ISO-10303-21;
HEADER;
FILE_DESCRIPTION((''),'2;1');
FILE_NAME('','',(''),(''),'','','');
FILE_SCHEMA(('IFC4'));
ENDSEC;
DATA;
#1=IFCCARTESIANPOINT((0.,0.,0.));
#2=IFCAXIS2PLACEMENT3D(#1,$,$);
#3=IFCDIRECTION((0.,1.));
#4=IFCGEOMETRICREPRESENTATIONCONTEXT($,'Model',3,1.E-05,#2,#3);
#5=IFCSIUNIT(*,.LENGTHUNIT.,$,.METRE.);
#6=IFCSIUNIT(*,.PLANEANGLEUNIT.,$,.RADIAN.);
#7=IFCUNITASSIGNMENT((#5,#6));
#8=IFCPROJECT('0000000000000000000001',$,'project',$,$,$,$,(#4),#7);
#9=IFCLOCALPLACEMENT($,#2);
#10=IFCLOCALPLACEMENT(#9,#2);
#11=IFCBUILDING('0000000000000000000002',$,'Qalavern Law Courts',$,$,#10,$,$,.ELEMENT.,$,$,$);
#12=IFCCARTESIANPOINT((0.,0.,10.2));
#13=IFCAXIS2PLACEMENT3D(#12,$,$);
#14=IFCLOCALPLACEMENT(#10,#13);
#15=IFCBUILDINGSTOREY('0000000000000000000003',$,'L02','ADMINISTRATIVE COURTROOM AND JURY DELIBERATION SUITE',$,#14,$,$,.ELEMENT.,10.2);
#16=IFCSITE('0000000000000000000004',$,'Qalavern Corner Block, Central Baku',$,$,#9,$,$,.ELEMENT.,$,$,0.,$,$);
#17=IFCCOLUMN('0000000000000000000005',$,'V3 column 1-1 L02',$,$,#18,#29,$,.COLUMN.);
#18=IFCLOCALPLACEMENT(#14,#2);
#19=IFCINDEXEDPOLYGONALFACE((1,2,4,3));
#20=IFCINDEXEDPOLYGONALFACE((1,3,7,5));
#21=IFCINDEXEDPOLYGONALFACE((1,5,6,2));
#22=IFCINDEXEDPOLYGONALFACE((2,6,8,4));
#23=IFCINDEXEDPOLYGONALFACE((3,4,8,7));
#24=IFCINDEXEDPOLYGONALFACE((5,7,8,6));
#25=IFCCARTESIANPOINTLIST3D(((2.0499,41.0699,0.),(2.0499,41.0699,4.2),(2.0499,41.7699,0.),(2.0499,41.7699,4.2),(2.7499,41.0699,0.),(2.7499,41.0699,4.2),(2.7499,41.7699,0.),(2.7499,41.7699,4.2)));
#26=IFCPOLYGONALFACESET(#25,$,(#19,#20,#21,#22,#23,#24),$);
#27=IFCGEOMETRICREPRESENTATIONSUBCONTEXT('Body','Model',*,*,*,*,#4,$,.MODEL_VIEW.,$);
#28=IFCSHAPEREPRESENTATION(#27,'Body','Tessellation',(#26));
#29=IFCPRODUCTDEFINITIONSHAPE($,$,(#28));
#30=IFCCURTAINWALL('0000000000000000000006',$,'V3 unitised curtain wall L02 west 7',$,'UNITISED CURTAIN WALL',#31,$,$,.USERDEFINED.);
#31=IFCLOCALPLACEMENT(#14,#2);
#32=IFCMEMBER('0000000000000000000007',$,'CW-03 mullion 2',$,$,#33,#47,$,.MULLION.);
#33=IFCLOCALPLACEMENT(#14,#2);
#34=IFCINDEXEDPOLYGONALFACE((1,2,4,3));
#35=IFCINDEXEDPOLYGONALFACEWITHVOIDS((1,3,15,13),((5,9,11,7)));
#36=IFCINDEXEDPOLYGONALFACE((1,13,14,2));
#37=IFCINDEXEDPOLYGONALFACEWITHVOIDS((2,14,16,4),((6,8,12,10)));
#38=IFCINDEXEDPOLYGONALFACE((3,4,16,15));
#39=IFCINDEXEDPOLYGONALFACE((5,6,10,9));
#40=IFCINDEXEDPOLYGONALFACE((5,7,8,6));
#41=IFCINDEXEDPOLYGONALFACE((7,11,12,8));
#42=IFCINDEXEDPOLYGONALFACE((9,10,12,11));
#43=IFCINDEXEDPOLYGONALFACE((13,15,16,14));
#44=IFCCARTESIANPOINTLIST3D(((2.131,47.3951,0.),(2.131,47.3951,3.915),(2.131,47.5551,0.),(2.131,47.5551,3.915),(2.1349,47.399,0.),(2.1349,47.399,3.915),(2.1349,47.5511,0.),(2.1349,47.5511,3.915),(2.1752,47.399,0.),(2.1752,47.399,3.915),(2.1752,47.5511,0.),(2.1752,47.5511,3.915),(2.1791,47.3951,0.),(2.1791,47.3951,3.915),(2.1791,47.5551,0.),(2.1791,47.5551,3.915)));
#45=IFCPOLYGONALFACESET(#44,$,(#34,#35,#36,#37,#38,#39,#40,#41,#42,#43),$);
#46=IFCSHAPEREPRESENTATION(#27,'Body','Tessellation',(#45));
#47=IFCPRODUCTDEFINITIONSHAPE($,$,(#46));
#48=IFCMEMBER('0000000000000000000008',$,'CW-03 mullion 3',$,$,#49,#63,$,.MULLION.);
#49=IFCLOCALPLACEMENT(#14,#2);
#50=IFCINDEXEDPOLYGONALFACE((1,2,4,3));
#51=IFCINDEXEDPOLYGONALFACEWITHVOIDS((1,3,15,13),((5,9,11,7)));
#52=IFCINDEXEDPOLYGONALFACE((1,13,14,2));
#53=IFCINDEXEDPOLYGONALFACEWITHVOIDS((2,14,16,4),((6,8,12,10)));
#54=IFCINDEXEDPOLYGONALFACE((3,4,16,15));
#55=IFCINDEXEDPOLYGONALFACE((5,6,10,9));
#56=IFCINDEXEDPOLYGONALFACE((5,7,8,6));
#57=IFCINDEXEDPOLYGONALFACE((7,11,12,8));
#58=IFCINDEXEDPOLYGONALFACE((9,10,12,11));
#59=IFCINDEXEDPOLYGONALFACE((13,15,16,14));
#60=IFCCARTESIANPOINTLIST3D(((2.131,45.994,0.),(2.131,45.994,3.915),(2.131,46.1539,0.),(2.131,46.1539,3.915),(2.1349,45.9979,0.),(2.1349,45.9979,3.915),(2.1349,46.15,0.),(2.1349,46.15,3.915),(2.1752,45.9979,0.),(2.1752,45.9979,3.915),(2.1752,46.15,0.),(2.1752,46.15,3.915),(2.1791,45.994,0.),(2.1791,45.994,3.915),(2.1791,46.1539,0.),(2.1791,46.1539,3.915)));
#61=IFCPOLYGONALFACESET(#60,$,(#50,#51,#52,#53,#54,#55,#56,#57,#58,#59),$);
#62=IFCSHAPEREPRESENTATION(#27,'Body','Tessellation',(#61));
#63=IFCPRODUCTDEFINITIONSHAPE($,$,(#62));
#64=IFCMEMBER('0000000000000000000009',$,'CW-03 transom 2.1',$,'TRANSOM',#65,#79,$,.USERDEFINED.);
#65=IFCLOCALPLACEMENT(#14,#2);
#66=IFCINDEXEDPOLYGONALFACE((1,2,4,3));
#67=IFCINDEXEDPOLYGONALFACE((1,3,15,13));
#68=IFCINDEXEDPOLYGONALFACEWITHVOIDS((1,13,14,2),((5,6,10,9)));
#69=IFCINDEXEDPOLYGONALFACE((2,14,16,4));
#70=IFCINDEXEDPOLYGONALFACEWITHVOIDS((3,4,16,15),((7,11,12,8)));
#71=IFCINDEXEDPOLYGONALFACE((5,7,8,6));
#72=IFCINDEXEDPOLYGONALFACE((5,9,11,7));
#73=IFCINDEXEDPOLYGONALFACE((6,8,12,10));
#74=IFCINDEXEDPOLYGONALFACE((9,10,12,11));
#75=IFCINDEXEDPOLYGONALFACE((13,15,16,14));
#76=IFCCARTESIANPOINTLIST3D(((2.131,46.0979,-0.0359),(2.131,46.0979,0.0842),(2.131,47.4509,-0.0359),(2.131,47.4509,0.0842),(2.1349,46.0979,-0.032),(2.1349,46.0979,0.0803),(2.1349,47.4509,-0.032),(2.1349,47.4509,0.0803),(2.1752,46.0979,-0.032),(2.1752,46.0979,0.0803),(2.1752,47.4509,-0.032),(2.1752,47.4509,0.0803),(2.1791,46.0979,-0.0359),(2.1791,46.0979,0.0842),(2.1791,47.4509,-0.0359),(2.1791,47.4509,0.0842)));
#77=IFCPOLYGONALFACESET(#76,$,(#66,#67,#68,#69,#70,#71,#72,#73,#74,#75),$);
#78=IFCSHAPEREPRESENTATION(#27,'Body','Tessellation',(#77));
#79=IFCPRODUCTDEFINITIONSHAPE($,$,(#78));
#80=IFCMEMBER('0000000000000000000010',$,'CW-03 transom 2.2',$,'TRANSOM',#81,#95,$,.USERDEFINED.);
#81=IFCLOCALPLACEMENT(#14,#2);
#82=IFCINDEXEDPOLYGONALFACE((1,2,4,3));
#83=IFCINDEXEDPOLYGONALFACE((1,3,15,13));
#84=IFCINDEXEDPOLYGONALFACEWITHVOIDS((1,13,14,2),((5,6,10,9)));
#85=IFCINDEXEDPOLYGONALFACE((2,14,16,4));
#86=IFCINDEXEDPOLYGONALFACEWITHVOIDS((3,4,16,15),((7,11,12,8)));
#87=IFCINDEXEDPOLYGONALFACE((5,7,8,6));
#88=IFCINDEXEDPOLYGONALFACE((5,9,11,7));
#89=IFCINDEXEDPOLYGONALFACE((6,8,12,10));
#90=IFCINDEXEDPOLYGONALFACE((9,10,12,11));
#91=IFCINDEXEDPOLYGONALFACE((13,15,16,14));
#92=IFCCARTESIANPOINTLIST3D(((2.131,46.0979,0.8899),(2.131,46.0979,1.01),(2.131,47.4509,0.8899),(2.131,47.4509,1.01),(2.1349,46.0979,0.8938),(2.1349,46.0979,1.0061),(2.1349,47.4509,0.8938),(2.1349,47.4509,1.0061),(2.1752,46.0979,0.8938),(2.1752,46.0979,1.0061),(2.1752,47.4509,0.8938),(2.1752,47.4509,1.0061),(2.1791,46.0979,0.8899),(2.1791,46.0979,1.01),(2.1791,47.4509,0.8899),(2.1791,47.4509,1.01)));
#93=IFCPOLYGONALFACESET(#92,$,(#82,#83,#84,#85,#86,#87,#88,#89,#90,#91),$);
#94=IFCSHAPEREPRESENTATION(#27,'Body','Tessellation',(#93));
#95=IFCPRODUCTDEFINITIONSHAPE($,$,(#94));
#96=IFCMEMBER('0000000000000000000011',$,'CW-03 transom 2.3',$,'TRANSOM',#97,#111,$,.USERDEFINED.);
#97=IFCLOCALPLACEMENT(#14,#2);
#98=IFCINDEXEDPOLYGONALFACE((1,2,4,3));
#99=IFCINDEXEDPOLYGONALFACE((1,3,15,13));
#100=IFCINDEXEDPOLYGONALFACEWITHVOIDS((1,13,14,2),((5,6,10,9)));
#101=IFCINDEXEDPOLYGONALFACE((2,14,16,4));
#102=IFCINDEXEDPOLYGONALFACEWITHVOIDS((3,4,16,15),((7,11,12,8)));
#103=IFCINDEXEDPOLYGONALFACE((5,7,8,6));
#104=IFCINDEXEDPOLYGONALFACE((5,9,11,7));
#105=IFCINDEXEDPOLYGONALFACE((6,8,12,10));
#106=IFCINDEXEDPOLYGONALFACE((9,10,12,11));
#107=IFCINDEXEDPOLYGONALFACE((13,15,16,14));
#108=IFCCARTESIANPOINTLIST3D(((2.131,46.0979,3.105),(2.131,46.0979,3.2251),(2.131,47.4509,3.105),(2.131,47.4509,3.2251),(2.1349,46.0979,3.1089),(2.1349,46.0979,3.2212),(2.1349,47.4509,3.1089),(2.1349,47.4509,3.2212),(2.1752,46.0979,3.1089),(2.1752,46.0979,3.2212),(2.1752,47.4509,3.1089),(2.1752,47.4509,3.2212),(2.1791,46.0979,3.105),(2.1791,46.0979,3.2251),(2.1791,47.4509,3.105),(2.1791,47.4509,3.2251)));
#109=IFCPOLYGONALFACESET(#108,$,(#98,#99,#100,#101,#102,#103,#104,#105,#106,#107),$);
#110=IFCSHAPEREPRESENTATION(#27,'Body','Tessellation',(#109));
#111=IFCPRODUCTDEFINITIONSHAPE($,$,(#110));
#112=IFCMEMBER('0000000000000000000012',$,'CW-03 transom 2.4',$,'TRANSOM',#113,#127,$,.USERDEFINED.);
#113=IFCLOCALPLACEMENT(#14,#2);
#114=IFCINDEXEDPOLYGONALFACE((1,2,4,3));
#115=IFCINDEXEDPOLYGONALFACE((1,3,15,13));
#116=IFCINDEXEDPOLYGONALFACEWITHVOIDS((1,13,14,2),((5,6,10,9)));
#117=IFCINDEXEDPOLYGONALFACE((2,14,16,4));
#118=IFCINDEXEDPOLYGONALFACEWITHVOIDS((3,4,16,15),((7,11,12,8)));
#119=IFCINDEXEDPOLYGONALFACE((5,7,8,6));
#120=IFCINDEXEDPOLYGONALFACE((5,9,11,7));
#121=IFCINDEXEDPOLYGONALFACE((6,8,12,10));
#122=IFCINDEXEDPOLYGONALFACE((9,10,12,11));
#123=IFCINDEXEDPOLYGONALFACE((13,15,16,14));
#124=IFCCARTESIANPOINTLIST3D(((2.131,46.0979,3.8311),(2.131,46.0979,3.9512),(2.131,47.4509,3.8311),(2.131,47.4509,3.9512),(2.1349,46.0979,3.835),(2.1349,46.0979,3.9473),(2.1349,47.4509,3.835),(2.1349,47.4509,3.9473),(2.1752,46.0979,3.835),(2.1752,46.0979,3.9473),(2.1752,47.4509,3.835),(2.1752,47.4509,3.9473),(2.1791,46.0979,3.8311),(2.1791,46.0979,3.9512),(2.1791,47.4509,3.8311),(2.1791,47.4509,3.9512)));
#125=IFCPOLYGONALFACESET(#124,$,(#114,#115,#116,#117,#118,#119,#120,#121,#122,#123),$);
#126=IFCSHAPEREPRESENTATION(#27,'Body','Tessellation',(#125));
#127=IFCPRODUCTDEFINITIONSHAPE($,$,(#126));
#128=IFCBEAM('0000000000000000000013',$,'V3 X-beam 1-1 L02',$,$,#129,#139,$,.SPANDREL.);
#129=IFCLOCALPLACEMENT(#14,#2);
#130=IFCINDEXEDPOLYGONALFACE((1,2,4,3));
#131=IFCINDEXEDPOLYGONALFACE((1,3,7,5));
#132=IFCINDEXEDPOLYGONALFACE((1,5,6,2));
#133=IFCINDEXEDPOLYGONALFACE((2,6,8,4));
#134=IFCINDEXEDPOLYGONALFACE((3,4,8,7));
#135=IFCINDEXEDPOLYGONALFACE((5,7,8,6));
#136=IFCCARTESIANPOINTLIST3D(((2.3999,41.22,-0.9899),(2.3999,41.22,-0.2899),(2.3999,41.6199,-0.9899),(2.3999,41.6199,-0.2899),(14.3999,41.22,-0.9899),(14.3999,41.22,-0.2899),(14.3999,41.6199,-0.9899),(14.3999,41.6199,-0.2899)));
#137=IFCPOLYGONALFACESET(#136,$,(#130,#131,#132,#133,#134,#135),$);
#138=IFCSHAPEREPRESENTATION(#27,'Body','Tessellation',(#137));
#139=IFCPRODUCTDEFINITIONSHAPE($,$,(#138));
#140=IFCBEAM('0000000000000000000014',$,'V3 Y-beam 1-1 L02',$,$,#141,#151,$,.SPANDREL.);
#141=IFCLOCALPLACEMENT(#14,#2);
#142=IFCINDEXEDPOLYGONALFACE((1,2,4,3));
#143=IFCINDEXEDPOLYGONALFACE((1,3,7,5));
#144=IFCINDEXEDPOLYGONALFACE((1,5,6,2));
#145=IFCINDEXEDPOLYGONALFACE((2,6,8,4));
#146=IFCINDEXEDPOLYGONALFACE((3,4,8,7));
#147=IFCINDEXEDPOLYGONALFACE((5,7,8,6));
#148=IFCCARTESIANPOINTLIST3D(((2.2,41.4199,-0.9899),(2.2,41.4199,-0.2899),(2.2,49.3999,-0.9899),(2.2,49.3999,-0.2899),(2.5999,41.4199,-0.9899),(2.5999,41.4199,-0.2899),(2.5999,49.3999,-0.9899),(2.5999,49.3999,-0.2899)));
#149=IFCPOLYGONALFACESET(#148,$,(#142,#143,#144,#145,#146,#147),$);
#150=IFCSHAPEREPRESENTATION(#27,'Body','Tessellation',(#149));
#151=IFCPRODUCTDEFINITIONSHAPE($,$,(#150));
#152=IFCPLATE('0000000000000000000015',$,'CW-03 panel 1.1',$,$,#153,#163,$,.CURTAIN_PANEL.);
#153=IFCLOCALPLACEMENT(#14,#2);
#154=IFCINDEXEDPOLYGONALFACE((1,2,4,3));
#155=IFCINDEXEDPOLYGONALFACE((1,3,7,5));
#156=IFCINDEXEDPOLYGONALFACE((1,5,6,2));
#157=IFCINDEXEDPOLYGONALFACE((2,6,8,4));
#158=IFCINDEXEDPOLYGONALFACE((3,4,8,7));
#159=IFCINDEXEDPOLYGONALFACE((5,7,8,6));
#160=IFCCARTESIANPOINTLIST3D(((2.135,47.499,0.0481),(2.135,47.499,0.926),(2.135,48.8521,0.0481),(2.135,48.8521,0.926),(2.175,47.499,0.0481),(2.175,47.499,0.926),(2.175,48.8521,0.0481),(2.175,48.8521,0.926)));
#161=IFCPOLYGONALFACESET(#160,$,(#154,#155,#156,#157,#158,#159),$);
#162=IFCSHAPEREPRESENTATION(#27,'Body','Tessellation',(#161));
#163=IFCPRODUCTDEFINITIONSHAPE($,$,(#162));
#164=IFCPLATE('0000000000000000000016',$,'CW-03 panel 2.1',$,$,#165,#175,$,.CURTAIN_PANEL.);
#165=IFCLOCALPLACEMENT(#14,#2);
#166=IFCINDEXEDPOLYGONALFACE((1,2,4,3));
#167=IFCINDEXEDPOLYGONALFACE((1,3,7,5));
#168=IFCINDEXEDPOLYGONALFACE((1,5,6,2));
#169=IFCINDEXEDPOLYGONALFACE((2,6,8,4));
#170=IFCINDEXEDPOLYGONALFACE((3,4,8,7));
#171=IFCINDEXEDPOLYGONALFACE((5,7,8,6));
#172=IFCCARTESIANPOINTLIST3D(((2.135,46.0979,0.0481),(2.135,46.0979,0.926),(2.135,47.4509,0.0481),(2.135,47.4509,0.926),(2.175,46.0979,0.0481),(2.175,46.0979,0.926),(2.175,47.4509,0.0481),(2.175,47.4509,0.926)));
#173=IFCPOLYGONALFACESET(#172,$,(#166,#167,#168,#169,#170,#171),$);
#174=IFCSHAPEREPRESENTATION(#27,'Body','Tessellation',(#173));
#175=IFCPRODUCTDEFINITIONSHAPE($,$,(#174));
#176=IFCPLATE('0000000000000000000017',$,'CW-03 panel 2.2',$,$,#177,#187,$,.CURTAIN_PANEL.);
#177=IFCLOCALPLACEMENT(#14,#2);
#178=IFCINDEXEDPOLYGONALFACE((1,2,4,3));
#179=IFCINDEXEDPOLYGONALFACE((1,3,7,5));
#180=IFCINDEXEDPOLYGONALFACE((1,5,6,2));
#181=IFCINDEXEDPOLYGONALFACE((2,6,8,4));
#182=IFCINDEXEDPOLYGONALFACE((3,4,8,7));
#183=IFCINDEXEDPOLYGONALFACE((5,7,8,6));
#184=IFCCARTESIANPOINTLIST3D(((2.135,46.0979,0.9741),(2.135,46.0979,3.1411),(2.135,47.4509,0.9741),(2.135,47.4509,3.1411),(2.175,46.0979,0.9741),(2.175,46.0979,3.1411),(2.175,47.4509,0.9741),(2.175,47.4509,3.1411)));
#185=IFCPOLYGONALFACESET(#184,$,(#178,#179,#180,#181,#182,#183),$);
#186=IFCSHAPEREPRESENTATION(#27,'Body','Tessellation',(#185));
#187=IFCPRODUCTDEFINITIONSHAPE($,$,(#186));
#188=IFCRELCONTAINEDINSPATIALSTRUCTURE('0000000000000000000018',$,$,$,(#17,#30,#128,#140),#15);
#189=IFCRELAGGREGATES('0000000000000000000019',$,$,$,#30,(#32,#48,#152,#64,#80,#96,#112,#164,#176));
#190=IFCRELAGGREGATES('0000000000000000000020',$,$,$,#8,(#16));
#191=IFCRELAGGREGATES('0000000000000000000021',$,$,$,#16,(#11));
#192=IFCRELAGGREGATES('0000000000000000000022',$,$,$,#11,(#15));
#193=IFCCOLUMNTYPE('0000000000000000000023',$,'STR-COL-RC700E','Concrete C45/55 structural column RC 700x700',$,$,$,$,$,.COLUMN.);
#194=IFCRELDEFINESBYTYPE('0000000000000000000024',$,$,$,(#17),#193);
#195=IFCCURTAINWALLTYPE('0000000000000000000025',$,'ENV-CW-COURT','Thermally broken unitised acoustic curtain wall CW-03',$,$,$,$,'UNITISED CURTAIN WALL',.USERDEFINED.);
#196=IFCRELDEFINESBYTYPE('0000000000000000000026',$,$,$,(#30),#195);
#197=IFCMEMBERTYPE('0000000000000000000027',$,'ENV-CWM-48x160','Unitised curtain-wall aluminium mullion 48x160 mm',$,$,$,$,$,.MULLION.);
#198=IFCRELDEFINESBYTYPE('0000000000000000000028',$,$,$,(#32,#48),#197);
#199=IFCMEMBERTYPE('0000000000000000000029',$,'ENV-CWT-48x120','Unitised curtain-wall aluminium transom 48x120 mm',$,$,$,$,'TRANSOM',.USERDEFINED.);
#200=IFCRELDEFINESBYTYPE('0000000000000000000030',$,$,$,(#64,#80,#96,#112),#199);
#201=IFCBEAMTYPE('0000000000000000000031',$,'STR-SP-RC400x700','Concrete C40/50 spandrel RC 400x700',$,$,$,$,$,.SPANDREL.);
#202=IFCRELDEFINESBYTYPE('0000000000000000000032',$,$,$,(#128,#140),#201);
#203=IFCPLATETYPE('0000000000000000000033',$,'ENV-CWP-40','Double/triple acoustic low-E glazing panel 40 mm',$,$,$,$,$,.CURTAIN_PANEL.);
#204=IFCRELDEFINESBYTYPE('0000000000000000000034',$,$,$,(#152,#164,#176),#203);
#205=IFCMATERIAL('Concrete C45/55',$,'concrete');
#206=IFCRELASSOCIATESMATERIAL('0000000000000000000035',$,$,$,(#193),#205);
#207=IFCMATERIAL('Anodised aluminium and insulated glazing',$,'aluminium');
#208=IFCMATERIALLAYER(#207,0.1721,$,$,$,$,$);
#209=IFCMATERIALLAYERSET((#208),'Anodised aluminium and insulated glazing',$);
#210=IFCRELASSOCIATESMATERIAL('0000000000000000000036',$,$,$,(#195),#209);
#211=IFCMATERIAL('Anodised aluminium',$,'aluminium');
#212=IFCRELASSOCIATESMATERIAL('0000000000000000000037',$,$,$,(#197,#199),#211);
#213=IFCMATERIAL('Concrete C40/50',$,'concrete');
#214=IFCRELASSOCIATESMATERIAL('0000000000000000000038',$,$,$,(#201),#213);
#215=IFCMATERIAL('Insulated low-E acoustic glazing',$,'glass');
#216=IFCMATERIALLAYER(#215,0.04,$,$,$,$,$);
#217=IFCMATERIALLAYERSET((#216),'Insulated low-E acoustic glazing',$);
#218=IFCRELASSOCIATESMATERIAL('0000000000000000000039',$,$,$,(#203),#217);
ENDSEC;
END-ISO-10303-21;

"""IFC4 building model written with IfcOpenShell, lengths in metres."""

from ifc_helpers import new_model, si_unit, direction, frame, origin, origin_2d, place, context, subcontext, project, spatial, rectangle, hollow_rectangle, extrude, material, layer, layer_set, material_profile, profile_set, type_object, element, aggregate, save


model = new_model("IFC4")

# Units and contexts
model_context = context("Model", 3, precision=1e-05, world=origin(), true_north=direction((0.0, 1.0)))
body_context = subcontext(model_context, "Body", "Model", "MODEL_VIEW")
ifc_project = project(units=[si_unit("LENGTHUNIT", "METRE"), si_unit("PLANEANGLEUNIT", "RADIAN")], contexts=[model_context])

# Site, building, storey
site_placement = place(None, origin())
site = spatial("IfcSite", under=ifc_project, at=site_placement, Name="Qalavern Corner Block, Central Baku", CompositionType="ELEMENT", RefElevation=0.0)
building_placement = place(site_placement, origin())
building = spatial("IfcBuilding", under=site, at=building_placement, Name="Qalavern Law Courts", CompositionType="ELEMENT")
storey_placement = place(building_placement, frame((0.0, 0.0, 10.2)))
storey = spatial("IfcBuildingStorey", under=building, at=storey_placement, Name="L02", Description="ADMINISTRATIVE COURTROOM AND JURY DELIBERATION SUITE", CompositionType="ELEMENT", Elevation=10.2)

# Column
ifc_material_1 = material(Name="Concrete C45/55", Category="concrete")
ifc_material_profile_1 = material_profile(ifc_material_1, rectangle(XDim=0.7, YDim=0.7, at=origin_2d()), Name="RC 700x700")
ifc_profile_set_1 = profile_set([ifc_material_profile_1], Name="Concrete C45/55")
column_type = type_object("IfcColumnType", Name="STR-COL-RC700E", Description="Concrete C45/55 structural column RC 700x700", PredefinedType="COLUMN", material=ifc_profile_set_1)
column_placement = place(storey_placement, frame((2.3999, 41.4199, 0.0), z_axis=(0.0, 0.0, 1.0), x_axis=(1.0, 0.0, 0.0)))
element("IfcColumn", 1, at=column_placement, inside=storey, type_object=column_type, Name="V3 column 1-1 L02", PredefinedType="COLUMN", context=body_context, shape_type="SweptSolid", body=[
    extrude(rectangle(XDim=0.7, YDim=0.7, at=origin_2d()), origin(), (0.0, 0.0, 1.0), 4.2),
])

# Curtain wall, members
ifc_material_2 = material(Name="Anodised aluminium and insulated glazing", Category="aluminium")
ifc_layer_1 = layer(ifc_material_2, 0.1721)
ifc_layer_set_1 = layer_set([ifc_layer_1], Name="Anodised aluminium and insulated glazing")
curtain_wall_type = type_object("IfcCurtainWallType", Name="ENV-CW-COURT", Description="Thermally broken unitised acoustic curtain wall CW-03", ElementType="UNITISED CURTAIN WALL", PredefinedType="USERDEFINED", material=ifc_layer_set_1)
curtain_wall_placement = place(storey_placement, origin())
curtain_wall = element("IfcCurtainWall", 2, at=curtain_wall_placement, inside=storey, type_object=curtain_wall_type, Name="V3 unitised curtain wall L02 west 7", ObjectType="UNITISED CURTAIN WALL", PredefinedType="USERDEFINED")
ifc_material_3 = material(Name="Anodised aluminium", Category="aluminium")
ifc_material_profile_2 = material_profile(ifc_material_3, hollow_rectangle(XDim=0.0481, YDim=0.1599, WallThickness=0.0039, at=origin_2d()), Name="ALU MULLION 48x160")
ifc_profile_set_2 = profile_set([ifc_material_profile_2], Name="Anodised aluminium")
member_type_1 = type_object("IfcMemberType", Name="ENV-CWM-48x160", Description="Unitised curtain-wall aluminium mullion 48x160 mm", PredefinedType="MULLION", material=ifc_profile_set_2)
member_1_placement = place(storey_placement, frame((2.155, 47.4751, 0.0), z_axis=(0.0, 0.0, 1.0), x_axis=(1.0, 0.0, 0.0)))
member_1 = element("IfcMember", 3, at=member_1_placement, type_object=member_type_1, Name="CW-03 mullion 2", PredefinedType="MULLION", context=body_context, shape_type="SweptSolid", body=[
    extrude(hollow_rectangle(XDim=0.0481, YDim=0.1599, WallThickness=0.0039, at=origin_2d()), origin(), (0.0, 0.0, 1.0), 3.915),
])
member_2_placement = place(storey_placement, frame((2.155, 46.074, 0.0), z_axis=(0.0, 0.0, 1.0), x_axis=(1.0, 0.0, 0.0)))
member_2 = element("IfcMember", 4, at=member_2_placement, type_object=member_type_1, Name="CW-03 mullion 3", PredefinedType="MULLION", context=body_context, shape_type="SweptSolid", body=[
    extrude(hollow_rectangle(XDim=0.0481, YDim=0.1599, WallThickness=0.0039, at=origin_2d()), origin(), (0.0, 0.0, 1.0), 3.915),
])
ifc_material_profile_3 = material_profile(ifc_material_3, hollow_rectangle(XDim=0.0481, YDim=0.1201, WallThickness=0.0039, at=origin_2d()), Name="ALU TRANSOM 48x120")
ifc_profile_set_3 = profile_set([ifc_material_profile_3], Name="Anodised aluminium")
member_type_2 = type_object("IfcMemberType", Name="ENV-CWT-48x120", Description="Unitised curtain-wall aluminium transom 48x120 mm", ElementType="TRANSOM", PredefinedType="USERDEFINED", material=ifc_profile_set_3)
member_3_placement = place(storey_placement, frame((2.155, 47.4509, 0.0242), z_axis=(0.0, -1.0, 0.0), x_axis=(1.0, 0.0, 0.0)))
member_3 = element("IfcMember", 5, at=member_3_placement, type_object=member_type_2, Name="CW-03 transom 2.1", ObjectType="TRANSOM", PredefinedType="USERDEFINED", context=body_context, shape_type="SweptSolid", body=[
    extrude(hollow_rectangle(XDim=0.0481, YDim=0.1201, WallThickness=0.0039, at=origin_2d()), origin(), (0.0, 0.0, 1.0), 1.353),
])
member_4_placement = place(storey_placement, frame((2.155, 47.4509, 0.95), z_axis=(0.0, -1.0, 0.0), x_axis=(1.0, 0.0, 0.0)))
member_4 = element("IfcMember", 6, at=member_4_placement, type_object=member_type_2, Name="CW-03 transom 2.2", ObjectType="TRANSOM", PredefinedType="USERDEFINED", context=body_context, shape_type="SweptSolid", body=[
    extrude(hollow_rectangle(XDim=0.0481, YDim=0.1201, WallThickness=0.0039, at=origin_2d()), origin(), (0.0, 0.0, 1.0), 1.353),
])
member_5_placement = place(storey_placement, frame((2.155, 47.4509, 3.165), z_axis=(0.0, -1.0, 0.0), x_axis=(1.0, 0.0, 0.0)))
member_5 = element("IfcMember", 7, at=member_5_placement, type_object=member_type_2, Name="CW-03 transom 2.3", ObjectType="TRANSOM", PredefinedType="USERDEFINED", context=body_context, shape_type="SweptSolid", body=[
    extrude(hollow_rectangle(XDim=0.0481, YDim=0.1201, WallThickness=0.0039, at=origin_2d()), origin(), (0.0, 0.0, 1.0), 1.353),
])
member_6_placement = place(storey_placement, frame((2.155, 47.4509, 3.8911), z_axis=(0.0, -1.0, 0.0), x_axis=(1.0, 0.0, 0.0)))
member_6 = element("IfcMember", 8, at=member_6_placement, type_object=member_type_2, Name="CW-03 transom 2.4", ObjectType="TRANSOM", PredefinedType="USERDEFINED", context=body_context, shape_type="SweptSolid", body=[
    extrude(hollow_rectangle(XDim=0.0481, YDim=0.1201, WallThickness=0.0039, at=origin_2d()), origin(), (0.0, 0.0, 1.0), 1.353),
])

# Beams
ifc_material_4 = material(Name="Concrete C40/50", Category="concrete")
ifc_material_profile_4 = material_profile(ifc_material_4, rectangle(XDim=0.3999, YDim=0.7, at=origin_2d()), Name="RC 400x700")
ifc_profile_set_4 = profile_set([ifc_material_profile_4], Name="Concrete C40/50")
beam_type = type_object("IfcBeamType", Name="STR-SP-RC400x700", Description="Concrete C40/50 spandrel RC 400x700", PredefinedType="SPANDREL", material=ifc_profile_set_4)
beam_1_placement = place(storey_placement, frame((2.3999, 41.4199, -0.6399), z_axis=(1.0, 0.0, 0.0), x_axis=(0.0, 1.0, 0.0)))
element("IfcBeam", 9, at=beam_1_placement, inside=storey, type_object=beam_type, Name="V3 X-beam 1-1 L02", PredefinedType="SPANDREL", context=body_context, shape_type="SweptSolid", body=[
    extrude(rectangle(XDim=0.3999, YDim=0.7, at=origin_2d()), origin(), (0.0, 0.0, 1.0), 12.0),
])
beam_2_placement = place(storey_placement, frame((2.3999, 41.4199, -0.6399), z_axis=(0.0, 1.0, 0.0), x_axis=(-1.0, 0.0, 0.0)))
element("IfcBeam", 10, at=beam_2_placement, inside=storey, type_object=beam_type, Name="V3 Y-beam 1-1 L02", PredefinedType="SPANDREL", context=body_context, shape_type="SweptSolid", body=[
    extrude(rectangle(XDim=0.3999, YDim=0.7, at=origin_2d()), origin(), (0.0, 0.0, 1.0), 7.98),
])

# Plates
ifc_material_5 = material(Name="Insulated low-E acoustic glazing", Category="glass")
ifc_layer_2 = layer(ifc_material_5, 0.04)
ifc_layer_set_2 = layer_set([ifc_layer_2], Name="Insulated low-E acoustic glazing")
plate_type = type_object("IfcPlateType", Name="ENV-CWP-40", Description="Double/triple acoustic low-E glazing panel 40 mm", PredefinedType="CURTAIN_PANEL", material=ifc_layer_set_2)
plate_1_placement = place(storey_placement, frame((2.155, 48.1755, 0.0481), z_axis=(0.0, 0.0, 1.0), x_axis=(0.0, -1.0, 0.0)))
plate_1 = element("IfcPlate", 11, at=plate_1_placement, type_object=plate_type, Name="CW-03 panel 1.1", PredefinedType="CURTAIN_PANEL", context=body_context, shape_type="SweptSolid", body=[
    extrude(rectangle(XDim=1.353, YDim=0.04, at=origin_2d()), origin(), (0.0, 0.0, 1.0), 0.8779),
])
plate_2_placement = place(storey_placement, frame((2.155, 46.7744, 0.0481), z_axis=(0.0, 0.0, 1.0), x_axis=(0.0, -1.0, 0.0)))
plate_2 = element("IfcPlate", 12, at=plate_2_placement, type_object=plate_type, Name="CW-03 panel 2.1", PredefinedType="CURTAIN_PANEL", context=body_context, shape_type="SweptSolid", body=[
    extrude(rectangle(XDim=1.353, YDim=0.04, at=origin_2d()), origin(), (0.0, 0.0, 1.0), 0.8779),
])
plate_3_placement = place(storey_placement, frame((2.155, 46.7744, 0.9741), z_axis=(0.0, 0.0, 1.0), x_axis=(0.0, -1.0, 0.0)))
plate_3 = element("IfcPlate", 13, at=plate_3_placement, type_object=plate_type, Name="CW-03 panel 2.2", PredefinedType="CURTAIN_PANEL", context=body_context, shape_type="SweptSolid", body=[
    extrude(rectangle(XDim=1.353, YDim=0.04, at=origin_2d()), origin(), (0.0, 0.0, 1.0), 2.167),
])
aggregate(curtain_wall, [member_1, member_2, plate_1, member_3, member_4, member_5, member_6, plate_2, plate_3])

save(model, "model.ifc")
